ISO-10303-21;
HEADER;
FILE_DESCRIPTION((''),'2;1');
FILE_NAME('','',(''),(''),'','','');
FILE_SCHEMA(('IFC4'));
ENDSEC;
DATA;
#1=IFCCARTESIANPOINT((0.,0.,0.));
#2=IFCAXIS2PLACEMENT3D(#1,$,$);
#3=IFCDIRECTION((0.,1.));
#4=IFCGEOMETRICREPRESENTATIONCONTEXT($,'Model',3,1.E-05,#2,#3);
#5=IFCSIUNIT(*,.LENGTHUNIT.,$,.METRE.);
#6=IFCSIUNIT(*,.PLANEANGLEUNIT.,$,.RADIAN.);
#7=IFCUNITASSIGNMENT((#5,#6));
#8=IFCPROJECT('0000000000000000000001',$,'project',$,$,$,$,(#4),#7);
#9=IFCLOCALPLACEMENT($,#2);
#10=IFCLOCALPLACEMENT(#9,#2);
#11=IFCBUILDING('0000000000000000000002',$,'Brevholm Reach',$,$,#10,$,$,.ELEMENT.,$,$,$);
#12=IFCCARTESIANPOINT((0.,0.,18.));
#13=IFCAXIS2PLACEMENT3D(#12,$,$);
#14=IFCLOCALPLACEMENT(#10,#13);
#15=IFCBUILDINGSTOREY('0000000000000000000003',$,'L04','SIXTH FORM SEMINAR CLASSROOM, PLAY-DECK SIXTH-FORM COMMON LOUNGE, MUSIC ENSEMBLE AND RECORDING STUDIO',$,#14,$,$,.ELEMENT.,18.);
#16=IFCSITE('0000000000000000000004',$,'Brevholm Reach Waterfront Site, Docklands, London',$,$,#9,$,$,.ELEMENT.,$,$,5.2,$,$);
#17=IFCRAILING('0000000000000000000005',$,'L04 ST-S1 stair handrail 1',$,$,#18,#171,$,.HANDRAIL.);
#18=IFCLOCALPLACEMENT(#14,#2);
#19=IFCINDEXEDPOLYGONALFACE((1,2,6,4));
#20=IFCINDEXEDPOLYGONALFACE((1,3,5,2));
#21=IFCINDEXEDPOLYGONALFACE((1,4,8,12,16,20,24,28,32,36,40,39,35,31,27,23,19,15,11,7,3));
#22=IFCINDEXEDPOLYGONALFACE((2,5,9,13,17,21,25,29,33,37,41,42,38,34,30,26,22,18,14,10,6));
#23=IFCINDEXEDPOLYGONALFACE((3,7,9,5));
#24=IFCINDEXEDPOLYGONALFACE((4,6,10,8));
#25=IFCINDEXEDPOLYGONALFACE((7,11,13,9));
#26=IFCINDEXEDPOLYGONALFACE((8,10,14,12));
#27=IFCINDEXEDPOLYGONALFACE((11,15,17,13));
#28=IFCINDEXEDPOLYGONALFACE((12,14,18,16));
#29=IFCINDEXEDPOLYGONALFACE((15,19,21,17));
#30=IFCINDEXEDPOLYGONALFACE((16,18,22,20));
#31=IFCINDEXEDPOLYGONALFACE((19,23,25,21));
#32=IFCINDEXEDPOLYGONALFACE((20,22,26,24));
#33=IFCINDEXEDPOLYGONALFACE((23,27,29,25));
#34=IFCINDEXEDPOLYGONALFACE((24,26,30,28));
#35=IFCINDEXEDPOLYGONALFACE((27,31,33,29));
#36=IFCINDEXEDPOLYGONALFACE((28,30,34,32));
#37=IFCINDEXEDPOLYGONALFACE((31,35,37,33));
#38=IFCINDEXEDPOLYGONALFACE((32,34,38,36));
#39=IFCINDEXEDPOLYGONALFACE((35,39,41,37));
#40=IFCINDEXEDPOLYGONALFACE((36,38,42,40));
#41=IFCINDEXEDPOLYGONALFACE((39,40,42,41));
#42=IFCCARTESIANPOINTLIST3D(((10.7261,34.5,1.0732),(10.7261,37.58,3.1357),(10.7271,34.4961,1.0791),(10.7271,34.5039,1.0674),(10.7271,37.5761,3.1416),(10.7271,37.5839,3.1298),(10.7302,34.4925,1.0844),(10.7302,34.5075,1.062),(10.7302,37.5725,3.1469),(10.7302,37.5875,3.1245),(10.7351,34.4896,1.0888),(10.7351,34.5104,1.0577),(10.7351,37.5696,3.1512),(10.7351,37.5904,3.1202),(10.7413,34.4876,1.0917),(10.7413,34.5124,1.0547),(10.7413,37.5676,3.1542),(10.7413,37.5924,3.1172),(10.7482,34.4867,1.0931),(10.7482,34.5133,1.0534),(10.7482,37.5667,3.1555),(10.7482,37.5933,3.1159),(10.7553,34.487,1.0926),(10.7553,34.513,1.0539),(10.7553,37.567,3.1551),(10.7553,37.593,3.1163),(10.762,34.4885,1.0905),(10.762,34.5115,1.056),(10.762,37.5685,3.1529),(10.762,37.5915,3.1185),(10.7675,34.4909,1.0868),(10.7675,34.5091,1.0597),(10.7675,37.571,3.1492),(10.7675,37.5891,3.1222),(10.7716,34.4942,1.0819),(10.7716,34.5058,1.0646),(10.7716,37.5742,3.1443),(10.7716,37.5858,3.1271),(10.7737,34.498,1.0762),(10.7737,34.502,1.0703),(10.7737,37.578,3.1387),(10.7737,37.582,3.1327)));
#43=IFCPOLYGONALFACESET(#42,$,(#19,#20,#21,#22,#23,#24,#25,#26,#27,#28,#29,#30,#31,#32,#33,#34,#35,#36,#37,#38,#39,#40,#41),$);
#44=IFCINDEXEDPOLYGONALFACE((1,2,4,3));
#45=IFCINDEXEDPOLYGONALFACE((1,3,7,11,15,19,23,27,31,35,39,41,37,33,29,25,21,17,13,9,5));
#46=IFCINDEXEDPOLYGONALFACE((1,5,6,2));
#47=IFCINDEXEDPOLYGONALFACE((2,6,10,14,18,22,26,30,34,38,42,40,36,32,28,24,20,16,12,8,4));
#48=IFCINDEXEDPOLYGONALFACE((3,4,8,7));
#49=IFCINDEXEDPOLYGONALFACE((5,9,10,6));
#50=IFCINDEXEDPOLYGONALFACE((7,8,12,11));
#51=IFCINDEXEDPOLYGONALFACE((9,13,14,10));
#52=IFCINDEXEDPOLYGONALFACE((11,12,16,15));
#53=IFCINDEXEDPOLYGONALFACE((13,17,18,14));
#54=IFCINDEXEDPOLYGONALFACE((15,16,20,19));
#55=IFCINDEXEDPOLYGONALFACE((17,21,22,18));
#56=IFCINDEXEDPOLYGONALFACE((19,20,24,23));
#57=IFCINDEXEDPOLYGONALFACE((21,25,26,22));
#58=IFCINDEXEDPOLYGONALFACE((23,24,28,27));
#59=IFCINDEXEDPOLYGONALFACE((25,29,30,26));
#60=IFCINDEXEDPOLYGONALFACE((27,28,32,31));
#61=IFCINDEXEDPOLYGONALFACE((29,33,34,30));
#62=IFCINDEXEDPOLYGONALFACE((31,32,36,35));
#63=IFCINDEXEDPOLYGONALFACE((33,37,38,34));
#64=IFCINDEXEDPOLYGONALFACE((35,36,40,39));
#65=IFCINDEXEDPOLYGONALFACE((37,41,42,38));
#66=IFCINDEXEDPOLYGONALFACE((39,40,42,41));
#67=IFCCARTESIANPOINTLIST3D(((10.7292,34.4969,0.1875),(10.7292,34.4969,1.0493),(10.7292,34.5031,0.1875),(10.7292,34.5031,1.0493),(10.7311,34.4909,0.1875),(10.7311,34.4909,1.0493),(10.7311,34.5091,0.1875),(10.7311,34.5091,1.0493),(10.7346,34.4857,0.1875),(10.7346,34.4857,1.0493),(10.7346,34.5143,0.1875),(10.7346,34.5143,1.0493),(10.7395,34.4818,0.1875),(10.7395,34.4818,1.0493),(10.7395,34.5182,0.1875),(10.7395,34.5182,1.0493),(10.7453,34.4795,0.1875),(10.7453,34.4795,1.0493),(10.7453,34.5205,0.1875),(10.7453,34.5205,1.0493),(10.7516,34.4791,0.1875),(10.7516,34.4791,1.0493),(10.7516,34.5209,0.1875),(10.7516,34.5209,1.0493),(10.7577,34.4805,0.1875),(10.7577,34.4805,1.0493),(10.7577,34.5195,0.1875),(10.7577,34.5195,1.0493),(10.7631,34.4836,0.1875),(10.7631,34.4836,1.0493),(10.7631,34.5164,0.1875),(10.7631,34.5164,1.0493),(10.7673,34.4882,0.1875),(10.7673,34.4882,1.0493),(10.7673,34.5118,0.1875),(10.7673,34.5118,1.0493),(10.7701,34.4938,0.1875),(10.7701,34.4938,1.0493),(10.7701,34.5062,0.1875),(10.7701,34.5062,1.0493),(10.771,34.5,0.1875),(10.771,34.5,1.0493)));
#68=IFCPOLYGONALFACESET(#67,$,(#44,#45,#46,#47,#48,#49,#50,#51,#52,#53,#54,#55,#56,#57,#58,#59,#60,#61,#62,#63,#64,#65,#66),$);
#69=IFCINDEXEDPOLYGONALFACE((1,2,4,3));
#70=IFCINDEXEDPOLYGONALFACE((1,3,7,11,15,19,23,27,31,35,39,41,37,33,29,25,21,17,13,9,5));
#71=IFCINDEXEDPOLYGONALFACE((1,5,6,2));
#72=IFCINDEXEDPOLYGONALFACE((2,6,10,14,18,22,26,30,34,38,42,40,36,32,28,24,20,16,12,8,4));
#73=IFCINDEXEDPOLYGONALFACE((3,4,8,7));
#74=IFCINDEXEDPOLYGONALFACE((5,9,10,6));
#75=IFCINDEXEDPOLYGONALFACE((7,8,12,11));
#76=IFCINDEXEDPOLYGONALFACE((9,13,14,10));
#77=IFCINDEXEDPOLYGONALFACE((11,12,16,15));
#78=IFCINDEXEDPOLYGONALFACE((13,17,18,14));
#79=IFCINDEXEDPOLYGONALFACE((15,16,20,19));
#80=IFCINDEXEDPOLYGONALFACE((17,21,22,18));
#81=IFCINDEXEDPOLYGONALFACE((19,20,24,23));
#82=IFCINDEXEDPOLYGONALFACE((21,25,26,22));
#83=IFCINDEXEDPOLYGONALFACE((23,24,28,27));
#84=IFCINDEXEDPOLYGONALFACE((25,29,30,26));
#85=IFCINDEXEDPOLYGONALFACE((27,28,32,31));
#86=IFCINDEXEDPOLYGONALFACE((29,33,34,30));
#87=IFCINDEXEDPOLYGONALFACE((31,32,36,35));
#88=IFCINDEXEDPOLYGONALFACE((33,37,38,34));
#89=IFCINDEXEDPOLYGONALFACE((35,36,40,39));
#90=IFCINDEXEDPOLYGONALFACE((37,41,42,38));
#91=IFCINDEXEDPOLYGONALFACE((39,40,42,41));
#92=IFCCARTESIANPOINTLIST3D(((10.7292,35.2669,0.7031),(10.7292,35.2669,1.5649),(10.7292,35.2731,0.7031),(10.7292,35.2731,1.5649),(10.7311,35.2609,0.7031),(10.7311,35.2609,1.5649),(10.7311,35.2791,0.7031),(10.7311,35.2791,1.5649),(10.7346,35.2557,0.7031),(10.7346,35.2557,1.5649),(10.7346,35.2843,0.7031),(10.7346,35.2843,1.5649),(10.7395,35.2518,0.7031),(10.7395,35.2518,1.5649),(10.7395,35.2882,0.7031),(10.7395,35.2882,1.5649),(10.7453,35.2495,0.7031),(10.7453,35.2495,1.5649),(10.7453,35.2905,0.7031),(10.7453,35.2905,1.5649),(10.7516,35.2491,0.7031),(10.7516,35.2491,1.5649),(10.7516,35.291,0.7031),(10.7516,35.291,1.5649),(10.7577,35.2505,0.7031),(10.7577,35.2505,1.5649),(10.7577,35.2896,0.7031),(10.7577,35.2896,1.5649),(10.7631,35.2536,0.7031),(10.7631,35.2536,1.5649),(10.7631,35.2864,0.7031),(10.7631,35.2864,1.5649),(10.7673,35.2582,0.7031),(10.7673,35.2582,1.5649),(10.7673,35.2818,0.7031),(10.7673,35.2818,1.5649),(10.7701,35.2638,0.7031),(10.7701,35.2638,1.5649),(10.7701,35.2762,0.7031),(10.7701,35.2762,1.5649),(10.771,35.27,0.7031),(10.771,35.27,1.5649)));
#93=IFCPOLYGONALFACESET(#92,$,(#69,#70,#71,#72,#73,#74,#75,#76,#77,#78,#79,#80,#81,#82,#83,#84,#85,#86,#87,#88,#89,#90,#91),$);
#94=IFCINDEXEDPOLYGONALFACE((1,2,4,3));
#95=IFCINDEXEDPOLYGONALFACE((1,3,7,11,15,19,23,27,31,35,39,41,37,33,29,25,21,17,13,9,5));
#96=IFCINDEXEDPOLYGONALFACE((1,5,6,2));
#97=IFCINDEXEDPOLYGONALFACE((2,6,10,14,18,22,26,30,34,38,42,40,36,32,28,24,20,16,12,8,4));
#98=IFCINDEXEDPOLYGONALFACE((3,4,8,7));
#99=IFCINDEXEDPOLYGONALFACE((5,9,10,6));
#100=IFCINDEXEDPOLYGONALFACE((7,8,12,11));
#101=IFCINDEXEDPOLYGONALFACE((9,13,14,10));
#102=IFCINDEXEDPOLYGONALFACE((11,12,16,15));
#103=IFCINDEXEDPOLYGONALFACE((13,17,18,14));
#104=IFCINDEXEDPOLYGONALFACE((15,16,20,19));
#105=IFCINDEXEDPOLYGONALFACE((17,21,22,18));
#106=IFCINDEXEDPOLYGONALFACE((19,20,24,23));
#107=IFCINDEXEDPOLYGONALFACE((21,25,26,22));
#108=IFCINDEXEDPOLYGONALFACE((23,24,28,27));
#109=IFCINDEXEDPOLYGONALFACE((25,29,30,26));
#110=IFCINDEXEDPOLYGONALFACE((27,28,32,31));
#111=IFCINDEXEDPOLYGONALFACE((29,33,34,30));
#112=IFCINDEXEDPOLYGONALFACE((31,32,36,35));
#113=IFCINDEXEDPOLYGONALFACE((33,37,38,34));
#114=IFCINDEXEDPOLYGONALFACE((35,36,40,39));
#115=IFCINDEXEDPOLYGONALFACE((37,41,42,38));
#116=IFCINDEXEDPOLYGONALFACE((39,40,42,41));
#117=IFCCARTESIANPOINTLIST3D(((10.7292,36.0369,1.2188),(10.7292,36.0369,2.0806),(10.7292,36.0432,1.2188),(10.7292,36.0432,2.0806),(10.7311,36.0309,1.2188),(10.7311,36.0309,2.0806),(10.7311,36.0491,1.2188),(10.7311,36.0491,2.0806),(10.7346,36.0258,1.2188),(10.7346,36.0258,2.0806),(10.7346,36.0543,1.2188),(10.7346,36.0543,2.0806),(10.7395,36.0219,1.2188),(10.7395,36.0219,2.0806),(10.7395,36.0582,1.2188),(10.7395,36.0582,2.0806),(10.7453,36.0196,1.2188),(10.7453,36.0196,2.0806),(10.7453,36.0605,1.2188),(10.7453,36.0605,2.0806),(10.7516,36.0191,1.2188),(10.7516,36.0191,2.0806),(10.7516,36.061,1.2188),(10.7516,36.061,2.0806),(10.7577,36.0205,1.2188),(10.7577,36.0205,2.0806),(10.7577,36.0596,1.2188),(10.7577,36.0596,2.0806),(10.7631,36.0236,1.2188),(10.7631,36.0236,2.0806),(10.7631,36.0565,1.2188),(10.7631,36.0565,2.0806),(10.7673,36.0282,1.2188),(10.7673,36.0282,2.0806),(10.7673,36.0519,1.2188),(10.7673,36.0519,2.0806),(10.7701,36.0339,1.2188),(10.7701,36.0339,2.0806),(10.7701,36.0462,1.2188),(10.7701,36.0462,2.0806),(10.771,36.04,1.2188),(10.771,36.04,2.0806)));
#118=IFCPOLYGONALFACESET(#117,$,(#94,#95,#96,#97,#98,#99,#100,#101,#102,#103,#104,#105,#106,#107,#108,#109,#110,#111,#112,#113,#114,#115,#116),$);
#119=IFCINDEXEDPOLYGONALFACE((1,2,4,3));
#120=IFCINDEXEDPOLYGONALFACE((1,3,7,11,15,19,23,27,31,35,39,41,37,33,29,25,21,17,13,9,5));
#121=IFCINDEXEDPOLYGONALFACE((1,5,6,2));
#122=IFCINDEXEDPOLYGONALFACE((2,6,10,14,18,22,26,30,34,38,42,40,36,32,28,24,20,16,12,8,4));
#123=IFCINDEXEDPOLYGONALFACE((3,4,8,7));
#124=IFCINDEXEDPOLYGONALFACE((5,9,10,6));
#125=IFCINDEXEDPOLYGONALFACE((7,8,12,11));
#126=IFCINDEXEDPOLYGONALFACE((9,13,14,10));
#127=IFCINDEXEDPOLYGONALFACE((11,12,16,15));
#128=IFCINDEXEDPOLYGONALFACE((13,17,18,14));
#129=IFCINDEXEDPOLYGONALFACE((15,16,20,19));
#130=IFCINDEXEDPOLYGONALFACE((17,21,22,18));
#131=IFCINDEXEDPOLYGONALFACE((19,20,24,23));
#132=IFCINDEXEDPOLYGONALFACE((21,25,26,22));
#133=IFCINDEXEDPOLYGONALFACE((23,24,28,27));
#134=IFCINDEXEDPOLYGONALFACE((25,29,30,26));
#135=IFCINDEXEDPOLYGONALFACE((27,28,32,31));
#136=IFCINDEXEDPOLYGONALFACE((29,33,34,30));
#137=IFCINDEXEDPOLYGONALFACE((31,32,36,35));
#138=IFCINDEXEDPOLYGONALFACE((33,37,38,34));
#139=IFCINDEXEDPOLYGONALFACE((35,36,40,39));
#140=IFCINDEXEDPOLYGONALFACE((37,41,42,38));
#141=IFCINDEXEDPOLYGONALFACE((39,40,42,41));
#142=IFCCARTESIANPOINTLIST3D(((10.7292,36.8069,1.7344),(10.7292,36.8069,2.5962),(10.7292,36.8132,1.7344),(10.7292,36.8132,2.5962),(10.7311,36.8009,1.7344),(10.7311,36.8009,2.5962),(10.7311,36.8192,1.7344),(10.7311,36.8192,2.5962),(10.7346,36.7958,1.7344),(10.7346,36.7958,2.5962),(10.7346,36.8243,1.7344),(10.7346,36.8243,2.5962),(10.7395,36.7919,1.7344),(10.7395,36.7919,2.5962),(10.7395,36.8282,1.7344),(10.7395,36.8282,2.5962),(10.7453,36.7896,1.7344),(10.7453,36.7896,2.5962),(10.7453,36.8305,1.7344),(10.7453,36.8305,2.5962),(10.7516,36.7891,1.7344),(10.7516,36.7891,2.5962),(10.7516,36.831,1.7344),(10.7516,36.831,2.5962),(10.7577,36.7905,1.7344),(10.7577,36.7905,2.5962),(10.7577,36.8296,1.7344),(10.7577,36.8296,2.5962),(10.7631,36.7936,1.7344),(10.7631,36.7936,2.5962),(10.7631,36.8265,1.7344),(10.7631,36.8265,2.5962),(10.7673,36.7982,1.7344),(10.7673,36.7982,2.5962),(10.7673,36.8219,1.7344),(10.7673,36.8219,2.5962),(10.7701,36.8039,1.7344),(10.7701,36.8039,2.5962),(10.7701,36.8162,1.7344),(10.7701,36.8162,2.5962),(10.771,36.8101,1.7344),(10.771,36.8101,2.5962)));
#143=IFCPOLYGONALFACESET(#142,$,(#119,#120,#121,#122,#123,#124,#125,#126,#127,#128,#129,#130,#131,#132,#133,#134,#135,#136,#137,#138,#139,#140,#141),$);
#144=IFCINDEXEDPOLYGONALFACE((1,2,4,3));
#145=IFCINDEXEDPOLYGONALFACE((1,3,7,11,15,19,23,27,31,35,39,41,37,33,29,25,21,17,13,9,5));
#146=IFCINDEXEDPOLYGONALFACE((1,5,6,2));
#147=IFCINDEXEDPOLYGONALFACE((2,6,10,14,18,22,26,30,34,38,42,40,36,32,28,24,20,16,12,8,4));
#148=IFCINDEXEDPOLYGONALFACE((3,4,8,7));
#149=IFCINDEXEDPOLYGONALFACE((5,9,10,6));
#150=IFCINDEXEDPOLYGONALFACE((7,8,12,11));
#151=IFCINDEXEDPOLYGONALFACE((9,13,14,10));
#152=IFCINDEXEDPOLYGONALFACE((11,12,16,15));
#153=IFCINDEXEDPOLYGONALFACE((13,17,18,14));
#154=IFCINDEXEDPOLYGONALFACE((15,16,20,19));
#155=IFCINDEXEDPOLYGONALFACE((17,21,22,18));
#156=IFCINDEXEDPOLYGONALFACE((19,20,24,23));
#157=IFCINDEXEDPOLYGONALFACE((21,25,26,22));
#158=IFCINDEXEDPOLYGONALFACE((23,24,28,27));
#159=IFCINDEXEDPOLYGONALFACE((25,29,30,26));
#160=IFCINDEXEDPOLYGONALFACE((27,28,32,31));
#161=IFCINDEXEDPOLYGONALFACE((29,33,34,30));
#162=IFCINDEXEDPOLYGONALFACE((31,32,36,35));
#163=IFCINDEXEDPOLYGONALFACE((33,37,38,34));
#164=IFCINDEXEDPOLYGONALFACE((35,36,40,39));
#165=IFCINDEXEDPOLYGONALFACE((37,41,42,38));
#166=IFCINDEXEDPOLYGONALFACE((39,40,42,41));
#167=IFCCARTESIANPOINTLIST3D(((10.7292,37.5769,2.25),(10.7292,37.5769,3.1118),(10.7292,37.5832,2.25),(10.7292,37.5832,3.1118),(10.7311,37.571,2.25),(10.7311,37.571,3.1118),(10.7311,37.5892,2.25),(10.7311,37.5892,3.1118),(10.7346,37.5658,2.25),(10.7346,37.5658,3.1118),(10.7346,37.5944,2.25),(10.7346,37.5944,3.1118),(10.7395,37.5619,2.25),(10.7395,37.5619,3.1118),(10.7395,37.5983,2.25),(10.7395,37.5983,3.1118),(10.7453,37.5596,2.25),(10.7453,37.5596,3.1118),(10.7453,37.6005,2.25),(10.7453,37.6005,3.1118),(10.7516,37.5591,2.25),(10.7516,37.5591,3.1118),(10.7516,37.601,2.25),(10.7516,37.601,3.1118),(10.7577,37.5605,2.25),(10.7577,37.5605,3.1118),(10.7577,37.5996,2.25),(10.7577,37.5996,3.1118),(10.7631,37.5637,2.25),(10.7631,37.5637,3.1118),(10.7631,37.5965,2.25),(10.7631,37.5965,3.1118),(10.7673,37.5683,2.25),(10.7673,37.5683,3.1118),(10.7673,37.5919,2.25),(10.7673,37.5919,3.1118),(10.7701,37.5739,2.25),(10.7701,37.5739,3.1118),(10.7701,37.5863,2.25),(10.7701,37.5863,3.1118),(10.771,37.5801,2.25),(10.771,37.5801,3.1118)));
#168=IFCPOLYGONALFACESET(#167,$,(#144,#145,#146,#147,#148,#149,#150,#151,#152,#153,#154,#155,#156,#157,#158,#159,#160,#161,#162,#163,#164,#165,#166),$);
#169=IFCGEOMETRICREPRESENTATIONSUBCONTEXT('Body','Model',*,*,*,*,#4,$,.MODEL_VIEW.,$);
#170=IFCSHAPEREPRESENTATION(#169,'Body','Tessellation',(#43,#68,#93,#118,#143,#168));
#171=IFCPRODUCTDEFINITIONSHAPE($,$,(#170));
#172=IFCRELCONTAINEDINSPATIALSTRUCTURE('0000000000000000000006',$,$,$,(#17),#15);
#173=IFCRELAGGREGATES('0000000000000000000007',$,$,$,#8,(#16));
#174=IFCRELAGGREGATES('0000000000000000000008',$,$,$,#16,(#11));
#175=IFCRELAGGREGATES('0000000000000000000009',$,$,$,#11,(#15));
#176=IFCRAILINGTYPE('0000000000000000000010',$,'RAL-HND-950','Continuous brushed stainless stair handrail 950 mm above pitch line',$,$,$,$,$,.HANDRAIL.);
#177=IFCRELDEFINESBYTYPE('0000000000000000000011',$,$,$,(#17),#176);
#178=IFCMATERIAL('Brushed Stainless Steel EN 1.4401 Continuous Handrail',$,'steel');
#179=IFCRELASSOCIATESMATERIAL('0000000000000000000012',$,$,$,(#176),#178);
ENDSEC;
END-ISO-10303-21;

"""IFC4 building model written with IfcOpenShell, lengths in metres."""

from ifc_helpers import new_model, si_unit, direction, frame, origin, origin_2d, place, context, subcontext, project, spatial, circle, extrude, material, type_object, element, save


model = new_model("IFC4")

# Units and contexts
model_context = context("Model", 3, precision=1e-05, world=origin(), true_north=direction((0.0, 1.0)))
body_context = subcontext(model_context, "Body", "Model", "MODEL_VIEW")
ifc_project = project(units=[si_unit("LENGTHUNIT", "METRE"), si_unit("PLANEANGLEUNIT", "RADIAN")], contexts=[model_context])

# Site, building, storey
site_placement = place(None, origin())
site = spatial("IfcSite", under=ifc_project, at=site_placement, Name="Brevholm Reach Waterfront Site, Docklands, London", CompositionType="ELEMENT", RefElevation=5.2)
building_placement = place(site_placement, origin())
building = spatial("IfcBuilding", under=site, at=building_placement, Name="Brevholm Reach", CompositionType="ELEMENT")
storey_placement = place(building_placement, frame((0.0, 0.0, 18.0)))
storey = spatial("IfcBuildingStorey", under=building, at=storey_placement, Name="L04", Description="SIXTH FORM SEMINAR CLASSROOM, PLAY-DECK SIXTH-FORM COMMON LOUNGE, MUSIC ENSEMBLE AND RECORDING STUDIO", CompositionType="ELEMENT", Elevation=18.0)

# Railing
ifc_material_1 = material(Name="Brushed Stainless Steel EN 1.4401 Continuous Handrail", Category="steel")
railing_type_1 = type_object("IfcRailingType", Name="RAL-HND-950", Description="Continuous brushed stainless stair handrail 950 mm above pitch line", PredefinedType="HANDRAIL", material=ifc_material_1)
railing_1_placement = place(storey_placement, frame((10.75, 34.5, 0.1875)))
element("IfcRailing", 1, at=railing_1_placement, inside=storey, type_object=railing_type_1, Name="L04 ST-S1 stair handrail 1", PredefinedType="HANDRAIL", context=body_context, shape_type="SweptSolid", body=[
    extrude(circle(Radius=0.0239, at=origin_2d()), frame((0.0, 0.0, 0.8857), z_axis=(0.0, 0.830914, 0.556401), x_axis=(-1.0, 0.0, 0.0)), (0.0, 0.0, 1.0), 3.7068),
    extrude(circle(Radius=0.021, at=origin_2d()), origin(), (0.0, 0.0, 1.0), 0.8618),
    extrude(circle(Radius=0.021, at=origin_2d()), frame((0.0, 0.77, 0.5156)), (0.0, 0.0, 1.0), 0.8618),
    extrude(circle(Radius=0.021, at=origin_2d()), frame((0.0, 1.54, 1.0312)), (0.0, 0.0, 1.0), 0.8618),
    extrude(circle(Radius=0.021, at=origin_2d()), frame((0.0, 2.3101, 1.5469)), (0.0, 0.0, 1.0), 0.8618),
    extrude(circle(Radius=0.021, at=origin_2d()), frame((0.0, 3.0801, 2.0625)), (0.0, 0.0, 1.0), 0.8618),
])

save(model, "model.ifc")
